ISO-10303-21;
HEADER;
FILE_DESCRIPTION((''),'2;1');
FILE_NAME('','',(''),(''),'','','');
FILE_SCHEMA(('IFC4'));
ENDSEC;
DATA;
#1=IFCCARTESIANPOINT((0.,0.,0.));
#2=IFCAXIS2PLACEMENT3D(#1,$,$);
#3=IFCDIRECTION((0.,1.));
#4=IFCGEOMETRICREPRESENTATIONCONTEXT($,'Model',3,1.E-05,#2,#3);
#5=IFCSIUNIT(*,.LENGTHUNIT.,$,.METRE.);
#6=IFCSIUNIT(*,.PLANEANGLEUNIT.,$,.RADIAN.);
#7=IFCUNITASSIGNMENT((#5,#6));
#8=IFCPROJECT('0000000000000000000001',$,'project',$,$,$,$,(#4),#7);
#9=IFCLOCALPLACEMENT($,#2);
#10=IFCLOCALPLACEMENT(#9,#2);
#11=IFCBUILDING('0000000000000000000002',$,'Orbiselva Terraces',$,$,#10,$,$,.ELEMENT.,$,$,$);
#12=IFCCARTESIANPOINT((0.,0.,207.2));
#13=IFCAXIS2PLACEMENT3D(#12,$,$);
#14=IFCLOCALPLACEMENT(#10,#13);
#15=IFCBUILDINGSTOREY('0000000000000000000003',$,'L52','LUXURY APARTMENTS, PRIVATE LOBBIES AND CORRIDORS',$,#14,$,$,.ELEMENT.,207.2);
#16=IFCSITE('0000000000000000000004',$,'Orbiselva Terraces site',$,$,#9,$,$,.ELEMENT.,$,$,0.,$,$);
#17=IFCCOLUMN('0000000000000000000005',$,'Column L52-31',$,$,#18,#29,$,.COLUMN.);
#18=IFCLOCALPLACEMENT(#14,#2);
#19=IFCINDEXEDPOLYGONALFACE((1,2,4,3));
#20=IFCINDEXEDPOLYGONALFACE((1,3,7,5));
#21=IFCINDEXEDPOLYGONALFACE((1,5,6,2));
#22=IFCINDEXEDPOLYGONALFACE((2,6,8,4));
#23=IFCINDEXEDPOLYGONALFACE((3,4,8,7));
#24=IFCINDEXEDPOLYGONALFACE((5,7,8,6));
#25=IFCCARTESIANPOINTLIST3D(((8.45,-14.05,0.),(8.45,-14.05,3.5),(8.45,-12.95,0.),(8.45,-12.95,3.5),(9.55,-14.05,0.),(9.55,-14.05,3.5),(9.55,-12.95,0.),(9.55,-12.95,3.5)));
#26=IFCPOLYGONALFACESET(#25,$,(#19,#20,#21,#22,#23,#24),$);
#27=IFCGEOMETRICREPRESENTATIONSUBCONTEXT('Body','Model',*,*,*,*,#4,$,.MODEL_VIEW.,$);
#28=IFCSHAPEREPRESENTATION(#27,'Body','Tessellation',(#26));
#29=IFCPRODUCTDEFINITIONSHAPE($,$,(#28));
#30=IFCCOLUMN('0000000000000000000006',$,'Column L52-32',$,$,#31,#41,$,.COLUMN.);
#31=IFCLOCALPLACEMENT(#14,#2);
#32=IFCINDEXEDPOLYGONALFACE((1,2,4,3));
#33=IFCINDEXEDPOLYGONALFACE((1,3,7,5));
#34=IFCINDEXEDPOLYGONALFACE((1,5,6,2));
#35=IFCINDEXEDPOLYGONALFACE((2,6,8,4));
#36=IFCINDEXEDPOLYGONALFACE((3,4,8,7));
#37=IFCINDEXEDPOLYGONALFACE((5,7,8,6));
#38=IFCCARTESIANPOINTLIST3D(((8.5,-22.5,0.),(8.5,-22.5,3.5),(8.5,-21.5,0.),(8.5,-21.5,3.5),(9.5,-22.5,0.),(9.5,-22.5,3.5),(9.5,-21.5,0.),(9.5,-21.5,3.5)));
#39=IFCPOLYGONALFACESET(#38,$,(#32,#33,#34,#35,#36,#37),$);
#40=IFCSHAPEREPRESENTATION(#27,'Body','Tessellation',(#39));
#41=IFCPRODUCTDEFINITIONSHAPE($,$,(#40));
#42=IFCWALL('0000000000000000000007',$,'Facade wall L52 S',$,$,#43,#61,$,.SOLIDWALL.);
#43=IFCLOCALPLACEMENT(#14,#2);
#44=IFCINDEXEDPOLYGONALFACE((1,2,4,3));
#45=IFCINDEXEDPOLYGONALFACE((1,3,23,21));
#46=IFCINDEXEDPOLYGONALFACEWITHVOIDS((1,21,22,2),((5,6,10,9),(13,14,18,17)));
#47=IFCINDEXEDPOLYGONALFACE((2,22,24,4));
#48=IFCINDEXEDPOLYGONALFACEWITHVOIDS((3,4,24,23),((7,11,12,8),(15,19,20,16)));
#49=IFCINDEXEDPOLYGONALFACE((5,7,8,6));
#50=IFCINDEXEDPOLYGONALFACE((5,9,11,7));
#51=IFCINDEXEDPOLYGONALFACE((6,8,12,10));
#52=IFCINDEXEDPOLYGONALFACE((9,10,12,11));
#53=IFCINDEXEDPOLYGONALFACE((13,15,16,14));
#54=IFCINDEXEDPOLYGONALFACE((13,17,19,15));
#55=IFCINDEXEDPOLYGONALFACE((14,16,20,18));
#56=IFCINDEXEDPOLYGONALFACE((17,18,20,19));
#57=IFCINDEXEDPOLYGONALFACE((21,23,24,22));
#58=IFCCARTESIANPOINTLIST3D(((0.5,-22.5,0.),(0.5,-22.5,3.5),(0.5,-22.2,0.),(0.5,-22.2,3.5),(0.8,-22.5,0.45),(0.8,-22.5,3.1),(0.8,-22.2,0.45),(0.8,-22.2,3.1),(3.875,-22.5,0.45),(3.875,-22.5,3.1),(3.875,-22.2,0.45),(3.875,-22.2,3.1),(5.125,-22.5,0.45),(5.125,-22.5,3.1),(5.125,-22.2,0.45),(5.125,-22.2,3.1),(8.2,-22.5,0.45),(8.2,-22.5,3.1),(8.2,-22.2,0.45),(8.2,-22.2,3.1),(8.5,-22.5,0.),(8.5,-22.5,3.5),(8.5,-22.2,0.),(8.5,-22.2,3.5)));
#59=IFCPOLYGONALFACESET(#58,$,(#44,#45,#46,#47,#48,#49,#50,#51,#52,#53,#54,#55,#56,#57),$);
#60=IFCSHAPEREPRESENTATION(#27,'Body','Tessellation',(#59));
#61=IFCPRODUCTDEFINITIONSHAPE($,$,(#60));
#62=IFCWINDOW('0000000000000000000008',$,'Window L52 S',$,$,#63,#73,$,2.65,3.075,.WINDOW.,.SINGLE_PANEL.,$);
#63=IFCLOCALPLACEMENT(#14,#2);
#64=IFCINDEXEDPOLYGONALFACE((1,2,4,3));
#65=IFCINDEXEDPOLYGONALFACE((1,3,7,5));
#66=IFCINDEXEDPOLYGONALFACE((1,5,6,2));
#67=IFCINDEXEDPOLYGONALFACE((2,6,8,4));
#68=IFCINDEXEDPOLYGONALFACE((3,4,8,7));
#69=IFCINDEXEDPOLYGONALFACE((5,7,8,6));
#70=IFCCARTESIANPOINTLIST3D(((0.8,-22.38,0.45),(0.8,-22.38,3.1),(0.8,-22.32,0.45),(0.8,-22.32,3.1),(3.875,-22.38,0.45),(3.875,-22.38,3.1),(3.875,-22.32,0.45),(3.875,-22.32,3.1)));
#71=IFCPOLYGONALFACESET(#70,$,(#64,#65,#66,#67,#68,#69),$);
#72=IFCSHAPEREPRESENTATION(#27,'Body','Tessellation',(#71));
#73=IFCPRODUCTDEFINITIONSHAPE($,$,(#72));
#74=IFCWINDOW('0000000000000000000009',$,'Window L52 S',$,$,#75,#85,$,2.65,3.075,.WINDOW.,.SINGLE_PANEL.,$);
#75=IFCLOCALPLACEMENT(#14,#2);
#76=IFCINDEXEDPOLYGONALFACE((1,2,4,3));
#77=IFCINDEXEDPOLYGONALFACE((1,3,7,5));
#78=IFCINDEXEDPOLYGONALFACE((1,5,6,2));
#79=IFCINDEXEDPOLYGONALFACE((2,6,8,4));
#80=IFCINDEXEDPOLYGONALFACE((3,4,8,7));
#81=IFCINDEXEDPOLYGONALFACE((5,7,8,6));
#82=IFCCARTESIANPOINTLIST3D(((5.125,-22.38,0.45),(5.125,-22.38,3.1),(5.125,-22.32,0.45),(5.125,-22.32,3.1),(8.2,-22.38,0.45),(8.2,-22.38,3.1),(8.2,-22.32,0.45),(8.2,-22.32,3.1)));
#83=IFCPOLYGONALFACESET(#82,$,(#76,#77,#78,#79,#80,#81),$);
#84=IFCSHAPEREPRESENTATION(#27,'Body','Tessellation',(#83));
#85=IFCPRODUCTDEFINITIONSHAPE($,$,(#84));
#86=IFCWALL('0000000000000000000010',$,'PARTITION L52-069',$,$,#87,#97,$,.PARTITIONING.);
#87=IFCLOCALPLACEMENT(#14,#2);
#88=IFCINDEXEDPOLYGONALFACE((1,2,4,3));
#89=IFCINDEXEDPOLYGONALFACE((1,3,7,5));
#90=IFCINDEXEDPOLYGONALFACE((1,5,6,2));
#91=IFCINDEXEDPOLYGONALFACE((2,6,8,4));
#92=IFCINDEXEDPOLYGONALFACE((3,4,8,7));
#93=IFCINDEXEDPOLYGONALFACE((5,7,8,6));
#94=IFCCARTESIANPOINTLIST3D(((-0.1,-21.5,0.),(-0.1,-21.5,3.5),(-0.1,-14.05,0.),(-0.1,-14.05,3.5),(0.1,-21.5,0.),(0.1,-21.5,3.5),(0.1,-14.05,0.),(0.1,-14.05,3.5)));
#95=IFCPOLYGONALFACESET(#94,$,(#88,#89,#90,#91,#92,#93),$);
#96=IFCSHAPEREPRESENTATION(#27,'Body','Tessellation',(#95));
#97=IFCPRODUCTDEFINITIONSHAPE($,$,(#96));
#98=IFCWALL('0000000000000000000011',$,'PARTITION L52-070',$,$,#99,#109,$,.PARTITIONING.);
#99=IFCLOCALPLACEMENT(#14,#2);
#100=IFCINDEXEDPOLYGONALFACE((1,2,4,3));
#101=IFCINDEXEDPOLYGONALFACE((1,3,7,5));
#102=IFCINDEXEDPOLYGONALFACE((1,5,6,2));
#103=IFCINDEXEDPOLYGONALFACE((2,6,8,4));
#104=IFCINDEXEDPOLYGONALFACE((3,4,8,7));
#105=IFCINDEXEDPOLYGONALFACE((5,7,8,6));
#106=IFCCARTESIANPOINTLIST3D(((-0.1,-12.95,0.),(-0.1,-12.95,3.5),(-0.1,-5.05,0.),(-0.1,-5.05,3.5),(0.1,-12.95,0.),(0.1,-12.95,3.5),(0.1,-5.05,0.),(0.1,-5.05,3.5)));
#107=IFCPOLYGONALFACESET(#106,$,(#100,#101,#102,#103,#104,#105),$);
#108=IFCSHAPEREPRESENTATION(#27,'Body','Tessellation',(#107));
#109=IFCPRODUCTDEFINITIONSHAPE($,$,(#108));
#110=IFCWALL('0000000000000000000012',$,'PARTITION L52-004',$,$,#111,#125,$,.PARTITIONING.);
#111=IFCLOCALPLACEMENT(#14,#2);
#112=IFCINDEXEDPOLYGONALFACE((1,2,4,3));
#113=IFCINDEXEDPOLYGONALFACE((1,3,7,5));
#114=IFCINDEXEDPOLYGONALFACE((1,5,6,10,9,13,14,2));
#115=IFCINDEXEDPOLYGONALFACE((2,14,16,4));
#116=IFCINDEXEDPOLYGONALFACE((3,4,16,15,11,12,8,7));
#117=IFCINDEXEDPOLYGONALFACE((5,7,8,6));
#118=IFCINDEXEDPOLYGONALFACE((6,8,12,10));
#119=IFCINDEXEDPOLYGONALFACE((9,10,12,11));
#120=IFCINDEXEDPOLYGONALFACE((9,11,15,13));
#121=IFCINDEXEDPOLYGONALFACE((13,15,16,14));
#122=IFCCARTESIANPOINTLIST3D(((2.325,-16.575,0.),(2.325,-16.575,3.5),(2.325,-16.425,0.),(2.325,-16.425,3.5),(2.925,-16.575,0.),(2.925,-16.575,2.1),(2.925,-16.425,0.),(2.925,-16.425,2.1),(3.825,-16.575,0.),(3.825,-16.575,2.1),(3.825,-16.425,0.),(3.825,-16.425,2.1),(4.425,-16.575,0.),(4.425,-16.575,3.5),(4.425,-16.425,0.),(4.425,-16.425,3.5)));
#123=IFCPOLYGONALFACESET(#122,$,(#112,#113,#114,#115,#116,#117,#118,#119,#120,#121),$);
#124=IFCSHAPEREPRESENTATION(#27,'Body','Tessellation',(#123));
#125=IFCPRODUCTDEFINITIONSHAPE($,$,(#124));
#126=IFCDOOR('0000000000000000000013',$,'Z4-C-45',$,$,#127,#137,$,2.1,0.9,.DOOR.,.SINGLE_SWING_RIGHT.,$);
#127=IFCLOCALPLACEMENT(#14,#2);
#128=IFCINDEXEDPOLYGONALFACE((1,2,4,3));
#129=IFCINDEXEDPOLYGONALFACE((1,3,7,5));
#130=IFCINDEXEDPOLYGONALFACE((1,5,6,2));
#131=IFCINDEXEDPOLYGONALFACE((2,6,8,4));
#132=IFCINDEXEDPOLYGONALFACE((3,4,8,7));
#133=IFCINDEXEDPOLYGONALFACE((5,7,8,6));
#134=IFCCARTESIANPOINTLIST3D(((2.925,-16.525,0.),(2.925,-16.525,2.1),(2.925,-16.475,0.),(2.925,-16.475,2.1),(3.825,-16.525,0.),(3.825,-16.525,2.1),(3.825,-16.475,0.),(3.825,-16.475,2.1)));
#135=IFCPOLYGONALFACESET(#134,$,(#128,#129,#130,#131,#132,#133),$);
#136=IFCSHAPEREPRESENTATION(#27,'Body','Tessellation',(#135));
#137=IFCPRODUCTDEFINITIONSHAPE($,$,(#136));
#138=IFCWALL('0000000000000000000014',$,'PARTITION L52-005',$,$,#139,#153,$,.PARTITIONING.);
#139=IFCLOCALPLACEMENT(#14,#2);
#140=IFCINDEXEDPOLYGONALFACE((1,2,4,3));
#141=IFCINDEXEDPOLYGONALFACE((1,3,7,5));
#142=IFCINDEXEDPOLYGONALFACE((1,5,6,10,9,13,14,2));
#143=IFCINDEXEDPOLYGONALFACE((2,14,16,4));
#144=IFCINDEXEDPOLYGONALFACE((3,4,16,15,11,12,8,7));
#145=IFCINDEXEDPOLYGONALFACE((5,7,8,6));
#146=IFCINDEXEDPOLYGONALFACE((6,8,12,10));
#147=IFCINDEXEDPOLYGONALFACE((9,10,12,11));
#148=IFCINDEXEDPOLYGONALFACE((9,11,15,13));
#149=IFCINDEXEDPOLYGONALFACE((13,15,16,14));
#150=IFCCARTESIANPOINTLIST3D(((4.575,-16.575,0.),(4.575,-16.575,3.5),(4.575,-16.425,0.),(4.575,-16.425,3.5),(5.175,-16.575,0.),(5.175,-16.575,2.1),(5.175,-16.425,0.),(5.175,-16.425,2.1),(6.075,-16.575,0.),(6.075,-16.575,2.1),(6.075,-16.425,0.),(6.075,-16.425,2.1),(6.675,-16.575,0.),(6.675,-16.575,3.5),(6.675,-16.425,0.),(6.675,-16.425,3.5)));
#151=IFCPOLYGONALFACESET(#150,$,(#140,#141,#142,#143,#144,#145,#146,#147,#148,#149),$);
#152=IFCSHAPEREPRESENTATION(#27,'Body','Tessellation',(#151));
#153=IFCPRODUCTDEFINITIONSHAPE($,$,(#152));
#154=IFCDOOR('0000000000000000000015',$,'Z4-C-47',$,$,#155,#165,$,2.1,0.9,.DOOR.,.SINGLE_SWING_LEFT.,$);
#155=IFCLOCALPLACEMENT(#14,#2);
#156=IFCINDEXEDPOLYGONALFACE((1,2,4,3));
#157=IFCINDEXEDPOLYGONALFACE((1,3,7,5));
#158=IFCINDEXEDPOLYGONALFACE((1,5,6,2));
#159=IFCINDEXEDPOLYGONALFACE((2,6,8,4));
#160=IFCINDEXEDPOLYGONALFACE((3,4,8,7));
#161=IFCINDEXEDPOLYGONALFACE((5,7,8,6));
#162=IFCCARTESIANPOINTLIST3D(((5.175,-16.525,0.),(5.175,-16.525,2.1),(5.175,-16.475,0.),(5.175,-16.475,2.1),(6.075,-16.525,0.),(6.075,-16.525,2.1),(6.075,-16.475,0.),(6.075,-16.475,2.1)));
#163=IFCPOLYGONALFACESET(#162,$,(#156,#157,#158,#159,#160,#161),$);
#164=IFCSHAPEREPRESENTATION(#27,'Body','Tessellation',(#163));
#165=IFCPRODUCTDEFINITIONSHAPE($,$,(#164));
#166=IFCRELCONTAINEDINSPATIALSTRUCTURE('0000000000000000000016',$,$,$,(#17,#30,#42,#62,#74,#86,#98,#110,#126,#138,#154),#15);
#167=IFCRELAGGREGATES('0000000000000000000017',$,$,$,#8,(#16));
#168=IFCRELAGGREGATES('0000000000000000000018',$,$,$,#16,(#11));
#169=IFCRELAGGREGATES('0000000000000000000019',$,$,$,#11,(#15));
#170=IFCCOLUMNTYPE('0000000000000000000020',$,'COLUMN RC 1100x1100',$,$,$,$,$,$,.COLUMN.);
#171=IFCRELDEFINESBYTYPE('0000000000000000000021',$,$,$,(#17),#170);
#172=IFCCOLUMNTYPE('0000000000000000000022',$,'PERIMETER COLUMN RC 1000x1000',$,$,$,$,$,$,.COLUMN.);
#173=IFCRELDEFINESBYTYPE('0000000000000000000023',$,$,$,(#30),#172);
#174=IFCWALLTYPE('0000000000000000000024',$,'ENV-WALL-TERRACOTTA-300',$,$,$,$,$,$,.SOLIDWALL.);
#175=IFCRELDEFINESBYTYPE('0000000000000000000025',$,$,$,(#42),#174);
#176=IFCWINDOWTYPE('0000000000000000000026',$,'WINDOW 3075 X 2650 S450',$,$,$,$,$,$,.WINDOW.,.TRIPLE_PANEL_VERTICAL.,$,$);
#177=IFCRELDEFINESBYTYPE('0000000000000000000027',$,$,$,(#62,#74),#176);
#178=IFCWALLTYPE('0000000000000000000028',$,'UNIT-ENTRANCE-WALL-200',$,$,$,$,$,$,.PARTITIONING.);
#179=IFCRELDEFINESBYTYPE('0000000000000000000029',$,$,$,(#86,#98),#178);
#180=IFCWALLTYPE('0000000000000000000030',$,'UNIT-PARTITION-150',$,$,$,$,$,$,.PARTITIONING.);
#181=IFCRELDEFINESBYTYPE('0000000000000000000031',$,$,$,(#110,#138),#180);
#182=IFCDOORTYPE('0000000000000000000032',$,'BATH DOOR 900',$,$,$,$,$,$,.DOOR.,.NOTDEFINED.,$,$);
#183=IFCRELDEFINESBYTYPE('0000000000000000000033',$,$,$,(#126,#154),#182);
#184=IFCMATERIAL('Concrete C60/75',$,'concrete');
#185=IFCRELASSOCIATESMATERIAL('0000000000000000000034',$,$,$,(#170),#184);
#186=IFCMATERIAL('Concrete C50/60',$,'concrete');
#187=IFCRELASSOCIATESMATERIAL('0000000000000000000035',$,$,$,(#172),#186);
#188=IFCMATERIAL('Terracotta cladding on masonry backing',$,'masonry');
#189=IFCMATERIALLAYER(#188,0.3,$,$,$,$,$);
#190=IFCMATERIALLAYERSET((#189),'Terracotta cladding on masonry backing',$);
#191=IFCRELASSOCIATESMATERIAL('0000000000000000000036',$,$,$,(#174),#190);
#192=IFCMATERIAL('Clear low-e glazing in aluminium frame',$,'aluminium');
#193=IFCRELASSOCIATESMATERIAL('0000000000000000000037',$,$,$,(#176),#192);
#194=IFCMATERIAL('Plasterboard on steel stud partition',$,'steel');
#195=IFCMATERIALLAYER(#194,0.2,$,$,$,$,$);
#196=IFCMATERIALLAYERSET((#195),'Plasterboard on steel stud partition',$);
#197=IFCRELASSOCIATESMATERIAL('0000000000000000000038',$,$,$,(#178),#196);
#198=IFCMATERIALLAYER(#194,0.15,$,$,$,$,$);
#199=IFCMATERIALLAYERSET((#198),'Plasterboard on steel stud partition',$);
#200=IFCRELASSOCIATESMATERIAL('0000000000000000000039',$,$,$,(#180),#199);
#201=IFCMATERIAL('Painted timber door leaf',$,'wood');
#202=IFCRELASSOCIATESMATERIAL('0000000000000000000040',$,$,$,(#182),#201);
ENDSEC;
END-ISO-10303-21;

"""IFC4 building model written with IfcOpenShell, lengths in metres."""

from ifc_helpers import new_model, si_unit, direction, frame, frame_2d, origin, origin_2d, place, context, subcontext, project, spatial, rectangle, extrude, material, layer, layer_set, material_profile, profile_set, type_object, element, fill, save


model = new_model("IFC4")

# Units and contexts
model_context = context("Model", 3, precision=1e-05, world=origin(), true_north=direction((0.0, 1.0)))
body_context = subcontext(model_context, "Body", "Model", "MODEL_VIEW")
ifc_project = project(units=[si_unit("LENGTHUNIT", "METRE"), si_unit("PLANEANGLEUNIT", "RADIAN")], contexts=[model_context])

# Site, building, storey
site_placement = place(None, origin())
site = spatial("IfcSite", under=ifc_project, at=site_placement, Name="Orbiselva Terraces site", CompositionType="ELEMENT", RefElevation=0.0)
building_placement = place(site_placement, origin())
building = spatial("IfcBuilding", under=site, at=building_placement, Name="Orbiselva Terraces", CompositionType="ELEMENT")
storey_placement = place(building_placement, frame((0.0, 0.0, 207.2)))
storey = spatial("IfcBuildingStorey", under=building, at=storey_placement, Name="L52", Description="LUXURY APARTMENTS, PRIVATE LOBBIES AND CORRIDORS", CompositionType="ELEMENT", Elevation=207.2)

# Columns
ifc_material_1 = material(Name="Concrete C60/75", Category="concrete")
ifc_material_profile_1 = material_profile(ifc_material_1, rectangle(XDim=1.1, YDim=1.1, at=origin_2d()), Name="RC 1100x1100")
ifc_profile_set_1 = profile_set([ifc_material_profile_1], Name="Concrete C60/75")
column_type_1 = type_object("IfcColumnType", Name="COLUMN RC 1100x1100", PredefinedType="COLUMN", material=ifc_profile_set_1)
column_1_placement = place(storey_placement, frame((9.0, -13.5, 0.0), z_axis=(0.0, 0.0, 1.0), x_axis=(1.0, 0.0, 0.0)))
element("IfcColumn", 1, at=column_1_placement, inside=storey, type_object=column_type_1, Name="Column L52-31", PredefinedType="COLUMN", context=body_context, shape_type="SweptSolid", body=[
    extrude(rectangle(XDim=1.1, YDim=1.1, at=origin_2d()), origin(), (0.0, 0.0, 1.0), 3.5),
])
ifc_material_2 = material(Name="Concrete C50/60", Category="concrete")
ifc_material_profile_2 = material_profile(ifc_material_2, rectangle(XDim=1.0, YDim=1.0, at=origin_2d()), Name="RC 1000x1000")
ifc_profile_set_2 = profile_set([ifc_material_profile_2], Name="Concrete C50/60")
column_type_2 = type_object("IfcColumnType", Name="PERIMETER COLUMN RC 1000x1000", PredefinedType="COLUMN", material=ifc_profile_set_2)
column_2_placement = place(storey_placement, frame((9.0, -22.0, 0.0), z_axis=(0.0, 0.0, 1.0), x_axis=(1.0, 0.0, 0.0)))
element("IfcColumn", 2, at=column_2_placement, inside=storey, type_object=column_type_2, Name="Column L52-32", PredefinedType="COLUMN", context=body_context, shape_type="SweptSolid", body=[
    extrude(rectangle(XDim=1.0, YDim=1.0, at=origin_2d()), origin(), (0.0, 0.0, 1.0), 3.5),
])

# Wall, openings, windows
ifc_material_3 = material(Name="Terracotta cladding on masonry backing", Category="masonry")
ifc_layer_1 = layer(ifc_material_3, 0.3)
ifc_layer_set_1 = layer_set([ifc_layer_1], Name="Terracotta cladding on masonry backing")
wall_type_1 = type_object("IfcWallType", Name="ENV-WALL-TERRACOTTA-300", PredefinedType="SOLIDWALL", material=ifc_layer_set_1)
wall_1_placement = place(storey_placement, frame((8.5, -22.35, 0.0), z_axis=(0.0, 0.0, 1.0), x_axis=(-1.0, 0.0, 0.0)))
wall_1 = element("IfcWall", 3, at=wall_1_placement, inside=storey, type_object=wall_type_1, Name="Facade wall L52 S", PredefinedType="SOLIDWALL", context=body_context, shape_type="SweptSolid", body=[
    extrude(rectangle(XDim=8.0, YDim=0.3, at=frame_2d((4.0, 0.0))), origin(), (0.0, 0.0, 1.0), 3.5),
])
opening_1_placement = place(wall_1_placement, frame((4.625, 0.0, 0.45)))
opening_1 = element("IfcOpeningElement", 4, at=opening_1_placement, cuts=wall_1, PredefinedType="OPENING", context=body_context, shape_type="SweptSolid", body=[
    extrude(rectangle(XDim=3.075, YDim=2.65, at=frame_2d((1.5375, 1.325))), frame((0.0, 0.16, 0.0), z_axis=(0.0, -1.0, 0.0), x_axis=(1.0, 0.0, 0.0)), (0.0, 0.0, 1.0), 0.32),
])
opening_2_placement = place(wall_1_placement, frame((0.3, 0.0, 0.45)))
opening_2 = element("IfcOpeningElement", 5, at=opening_2_placement, cuts=wall_1, PredefinedType="OPENING", context=body_context, shape_type="SweptSolid", body=[
    extrude(rectangle(XDim=3.075, YDim=2.65, at=frame_2d((1.5375, 1.325))), frame((0.0, 0.16, 0.0), z_axis=(0.0, -1.0, 0.0), x_axis=(1.0, 0.0, 0.0)), (0.0, 0.0, 1.0), 0.32),
])
ifc_material_4 = material(Name="Clear low-e glazing in aluminium frame", Category="aluminium")
window_type = type_object("IfcWindowType", Name="WINDOW 3075 X 2650 S450", PartitioningType="TRIPLE_PANEL_VERTICAL", PredefinedType="WINDOW", material=ifc_material_4)
window_1_placement = place(opening_1_placement, origin())
window_1 = element("IfcWindow", 6, at=window_1_placement, inside=storey, type_object=window_type, Name="Window L52 S", OverallHeight=2.65, OverallWidth=3.075, PartitioningType="SINGLE_PANEL", PredefinedType="WINDOW", context=body_context, shape_type="SweptSolid", body=[
    extrude(rectangle(XDim=3.075, YDim=2.65, at=frame_2d((1.5375, 1.325))), frame((0.0, 0.03, 0.0), z_axis=(0.0, -1.0, 0.0), x_axis=(1.0, 0.0, 0.0)), (0.0, 0.0, 1.0), 0.06),
])
fill(opening_1, window_1)
window_2_placement = place(opening_2_placement, origin())
window_2 = element("IfcWindow", 7, at=window_2_placement, inside=storey, type_object=window_type, Name="Window L52 S", OverallHeight=2.65, OverallWidth=3.075, PartitioningType="SINGLE_PANEL", PredefinedType="WINDOW", context=body_context, shape_type="SweptSolid", body=[
    extrude(rectangle(XDim=3.075, YDim=2.65, at=frame_2d((1.5375, 1.325))), frame((0.0, 0.03, 0.0), z_axis=(0.0, -1.0, 0.0), x_axis=(1.0, 0.0, 0.0)), (0.0, 0.0, 1.0), 0.06),
])
fill(opening_2, window_2)

# Walls
ifc_material_5 = material(Name="Plasterboard on steel stud partition", Category="steel")
ifc_layer_2 = layer(ifc_material_5, 0.2)
ifc_layer_set_2 = layer_set([ifc_layer_2], Name="Plasterboard on steel stud partition")
wall_type_2 = type_object("IfcWallType", Name="UNIT-ENTRANCE-WALL-200", PredefinedType="PARTITIONING", material=ifc_layer_set_2)
wall_2_placement = place(storey_placement, frame((0.0, -21.5, 0.0), z_axis=(0.0, 0.0, 1.0), x_axis=(0.0, 1.0, 0.0)))
element("IfcWall", 8, at=wall_2_placement, inside=storey, type_object=wall_type_2, Name="PARTITION L52-069", PredefinedType="PARTITIONING", context=body_context, shape_type="SweptSolid", body=[
    extrude(rectangle(XDim=7.45, YDim=0.2, at=frame_2d((3.725, 0.0))), origin(), (0.0, 0.0, 1.0), 3.5),
])
wall_3_placement = place(storey_placement, frame((0.0, -12.95, 0.0), z_axis=(0.0, 0.0, 1.0), x_axis=(0.0, 1.0, 0.0)))
element("IfcWall", 9, at=wall_3_placement, inside=storey, type_object=wall_type_2, Name="PARTITION L52-070", PredefinedType="PARTITIONING", context=body_context, shape_type="SweptSolid", body=[
    extrude(rectangle(XDim=7.9, YDim=0.2, at=frame_2d((3.95, 0.0))), origin(), (0.0, 0.0, 1.0), 3.5),
])

# Walls, openings, doors
ifc_layer_3 = layer(ifc_material_5, 0.15)
ifc_layer_set_3 = layer_set([ifc_layer_3], Name="Plasterboard on steel stud partition")
wall_type_3 = type_object("IfcWallType", Name="UNIT-PARTITION-150", PredefinedType="PARTITIONING", material=ifc_layer_set_3)
wall_4_placement = place(storey_placement, frame((2.325, -16.5, 0.0), z_axis=(0.0, 0.0, 1.0), x_axis=(1.0, 0.0, 0.0)))
wall_4 = element("IfcWall", 10, at=wall_4_placement, inside=storey, type_object=wall_type_3, Name="PARTITION L52-004", PredefinedType="PARTITIONING", context=body_context, shape_type="SweptSolid", body=[
    extrude(rectangle(XDim=2.1, YDim=0.15, at=frame_2d((1.05, 0.0))), origin(), (0.0, 0.0, 1.0), 3.5),
])
opening_3_placement = place(wall_4_placement, frame((0.6, 0.0, 0.0)))
opening_3 = element("IfcOpeningElement", 11, at=opening_3_placement, cuts=wall_4, PredefinedType="OPENING", context=body_context, shape_type="SweptSolid", body=[
    extrude(rectangle(XDim=0.9, YDim=2.1, at=frame_2d((0.45, 1.05))), frame((0.0, 0.085, 0.0), z_axis=(0.0, -1.0, 0.0), x_axis=(1.0, 0.0, 0.0)), (0.0, 0.0, 1.0), 0.17),
])
ifc_material_6 = material(Name="Painted timber door leaf", Category="wood")
door_type_1 = type_object("IfcDoorType", Name="BATH DOOR 900", OperationType="NOTDEFINED", PredefinedType="DOOR", material=ifc_material_6)
door_1_placement = place(opening_3_placement, origin())
door_1 = element("IfcDoor", 12, at=door_1_placement, inside=storey, type_object=door_type_1, Name="Z4-C-45", OperationType="SINGLE_SWING_RIGHT", OverallHeight=2.1, OverallWidth=0.9, PredefinedType="DOOR", context=body_context, shape_type="SweptSolid", body=[
    extrude(rectangle(XDim=0.9, YDim=2.1, at=frame_2d((0.45, 1.05))), frame((0.0, 0.025, 0.0), z_axis=(0.0, -1.0, 0.0), x_axis=(1.0, 0.0, 0.0)), (0.0, 0.0, 1.0), 0.05),
])
fill(opening_3, door_1)
wall_5_placement = place(storey_placement, frame((4.575, -16.5, 0.0), z_axis=(0.0, 0.0, 1.0), x_axis=(1.0, 0.0, 0.0)))
wall_5 = element("IfcWall", 13, at=wall_5_placement, inside=storey, type_object=wall_type_3, Name="PARTITION L52-005", PredefinedType="PARTITIONING", context=body_context, shape_type="SweptSolid", body=[
    extrude(rectangle(XDim=2.1, YDim=0.15, at=frame_2d((1.05, 0.0))), origin(), (0.0, 0.0, 1.0), 3.5),
])
opening_4_placement = place(wall_5_placement, frame((0.6, 0.0, 0.0)))
opening_4 = element("IfcOpeningElement", 14, at=opening_4_placement, cuts=wall_5, PredefinedType="OPENING", context=body_context, shape_type="SweptSolid", body=[
    extrude(rectangle(XDim=0.9, YDim=2.1, at=frame_2d((0.45, 1.05))), frame((0.0, 0.085, 0.0), z_axis=(0.0, -1.0, 0.0), x_axis=(1.0, 0.0, 0.0)), (0.0, 0.0, 1.0), 0.17),
])
door_2_placement = place(opening_4_placement, origin())
door_2 = element("IfcDoor", 15, at=door_2_placement, inside=storey, type_object=door_type_1, Name="Z4-C-47", OperationType="SINGLE_SWING_LEFT", OverallHeight=2.1, OverallWidth=0.9, PredefinedType="DOOR", context=body_context, shape_type="SweptSolid", body=[
    extrude(rectangle(XDim=0.9, YDim=2.1, at=frame_2d((0.45, 1.05))), frame((0.0, 0.025, 0.0), z_axis=(0.0, -1.0, 0.0), x_axis=(1.0, 0.0, 0.0)), (0.0, 0.0, 1.0), 0.05),
])
fill(opening_4, door_2)

save(model, "model.ifc")
